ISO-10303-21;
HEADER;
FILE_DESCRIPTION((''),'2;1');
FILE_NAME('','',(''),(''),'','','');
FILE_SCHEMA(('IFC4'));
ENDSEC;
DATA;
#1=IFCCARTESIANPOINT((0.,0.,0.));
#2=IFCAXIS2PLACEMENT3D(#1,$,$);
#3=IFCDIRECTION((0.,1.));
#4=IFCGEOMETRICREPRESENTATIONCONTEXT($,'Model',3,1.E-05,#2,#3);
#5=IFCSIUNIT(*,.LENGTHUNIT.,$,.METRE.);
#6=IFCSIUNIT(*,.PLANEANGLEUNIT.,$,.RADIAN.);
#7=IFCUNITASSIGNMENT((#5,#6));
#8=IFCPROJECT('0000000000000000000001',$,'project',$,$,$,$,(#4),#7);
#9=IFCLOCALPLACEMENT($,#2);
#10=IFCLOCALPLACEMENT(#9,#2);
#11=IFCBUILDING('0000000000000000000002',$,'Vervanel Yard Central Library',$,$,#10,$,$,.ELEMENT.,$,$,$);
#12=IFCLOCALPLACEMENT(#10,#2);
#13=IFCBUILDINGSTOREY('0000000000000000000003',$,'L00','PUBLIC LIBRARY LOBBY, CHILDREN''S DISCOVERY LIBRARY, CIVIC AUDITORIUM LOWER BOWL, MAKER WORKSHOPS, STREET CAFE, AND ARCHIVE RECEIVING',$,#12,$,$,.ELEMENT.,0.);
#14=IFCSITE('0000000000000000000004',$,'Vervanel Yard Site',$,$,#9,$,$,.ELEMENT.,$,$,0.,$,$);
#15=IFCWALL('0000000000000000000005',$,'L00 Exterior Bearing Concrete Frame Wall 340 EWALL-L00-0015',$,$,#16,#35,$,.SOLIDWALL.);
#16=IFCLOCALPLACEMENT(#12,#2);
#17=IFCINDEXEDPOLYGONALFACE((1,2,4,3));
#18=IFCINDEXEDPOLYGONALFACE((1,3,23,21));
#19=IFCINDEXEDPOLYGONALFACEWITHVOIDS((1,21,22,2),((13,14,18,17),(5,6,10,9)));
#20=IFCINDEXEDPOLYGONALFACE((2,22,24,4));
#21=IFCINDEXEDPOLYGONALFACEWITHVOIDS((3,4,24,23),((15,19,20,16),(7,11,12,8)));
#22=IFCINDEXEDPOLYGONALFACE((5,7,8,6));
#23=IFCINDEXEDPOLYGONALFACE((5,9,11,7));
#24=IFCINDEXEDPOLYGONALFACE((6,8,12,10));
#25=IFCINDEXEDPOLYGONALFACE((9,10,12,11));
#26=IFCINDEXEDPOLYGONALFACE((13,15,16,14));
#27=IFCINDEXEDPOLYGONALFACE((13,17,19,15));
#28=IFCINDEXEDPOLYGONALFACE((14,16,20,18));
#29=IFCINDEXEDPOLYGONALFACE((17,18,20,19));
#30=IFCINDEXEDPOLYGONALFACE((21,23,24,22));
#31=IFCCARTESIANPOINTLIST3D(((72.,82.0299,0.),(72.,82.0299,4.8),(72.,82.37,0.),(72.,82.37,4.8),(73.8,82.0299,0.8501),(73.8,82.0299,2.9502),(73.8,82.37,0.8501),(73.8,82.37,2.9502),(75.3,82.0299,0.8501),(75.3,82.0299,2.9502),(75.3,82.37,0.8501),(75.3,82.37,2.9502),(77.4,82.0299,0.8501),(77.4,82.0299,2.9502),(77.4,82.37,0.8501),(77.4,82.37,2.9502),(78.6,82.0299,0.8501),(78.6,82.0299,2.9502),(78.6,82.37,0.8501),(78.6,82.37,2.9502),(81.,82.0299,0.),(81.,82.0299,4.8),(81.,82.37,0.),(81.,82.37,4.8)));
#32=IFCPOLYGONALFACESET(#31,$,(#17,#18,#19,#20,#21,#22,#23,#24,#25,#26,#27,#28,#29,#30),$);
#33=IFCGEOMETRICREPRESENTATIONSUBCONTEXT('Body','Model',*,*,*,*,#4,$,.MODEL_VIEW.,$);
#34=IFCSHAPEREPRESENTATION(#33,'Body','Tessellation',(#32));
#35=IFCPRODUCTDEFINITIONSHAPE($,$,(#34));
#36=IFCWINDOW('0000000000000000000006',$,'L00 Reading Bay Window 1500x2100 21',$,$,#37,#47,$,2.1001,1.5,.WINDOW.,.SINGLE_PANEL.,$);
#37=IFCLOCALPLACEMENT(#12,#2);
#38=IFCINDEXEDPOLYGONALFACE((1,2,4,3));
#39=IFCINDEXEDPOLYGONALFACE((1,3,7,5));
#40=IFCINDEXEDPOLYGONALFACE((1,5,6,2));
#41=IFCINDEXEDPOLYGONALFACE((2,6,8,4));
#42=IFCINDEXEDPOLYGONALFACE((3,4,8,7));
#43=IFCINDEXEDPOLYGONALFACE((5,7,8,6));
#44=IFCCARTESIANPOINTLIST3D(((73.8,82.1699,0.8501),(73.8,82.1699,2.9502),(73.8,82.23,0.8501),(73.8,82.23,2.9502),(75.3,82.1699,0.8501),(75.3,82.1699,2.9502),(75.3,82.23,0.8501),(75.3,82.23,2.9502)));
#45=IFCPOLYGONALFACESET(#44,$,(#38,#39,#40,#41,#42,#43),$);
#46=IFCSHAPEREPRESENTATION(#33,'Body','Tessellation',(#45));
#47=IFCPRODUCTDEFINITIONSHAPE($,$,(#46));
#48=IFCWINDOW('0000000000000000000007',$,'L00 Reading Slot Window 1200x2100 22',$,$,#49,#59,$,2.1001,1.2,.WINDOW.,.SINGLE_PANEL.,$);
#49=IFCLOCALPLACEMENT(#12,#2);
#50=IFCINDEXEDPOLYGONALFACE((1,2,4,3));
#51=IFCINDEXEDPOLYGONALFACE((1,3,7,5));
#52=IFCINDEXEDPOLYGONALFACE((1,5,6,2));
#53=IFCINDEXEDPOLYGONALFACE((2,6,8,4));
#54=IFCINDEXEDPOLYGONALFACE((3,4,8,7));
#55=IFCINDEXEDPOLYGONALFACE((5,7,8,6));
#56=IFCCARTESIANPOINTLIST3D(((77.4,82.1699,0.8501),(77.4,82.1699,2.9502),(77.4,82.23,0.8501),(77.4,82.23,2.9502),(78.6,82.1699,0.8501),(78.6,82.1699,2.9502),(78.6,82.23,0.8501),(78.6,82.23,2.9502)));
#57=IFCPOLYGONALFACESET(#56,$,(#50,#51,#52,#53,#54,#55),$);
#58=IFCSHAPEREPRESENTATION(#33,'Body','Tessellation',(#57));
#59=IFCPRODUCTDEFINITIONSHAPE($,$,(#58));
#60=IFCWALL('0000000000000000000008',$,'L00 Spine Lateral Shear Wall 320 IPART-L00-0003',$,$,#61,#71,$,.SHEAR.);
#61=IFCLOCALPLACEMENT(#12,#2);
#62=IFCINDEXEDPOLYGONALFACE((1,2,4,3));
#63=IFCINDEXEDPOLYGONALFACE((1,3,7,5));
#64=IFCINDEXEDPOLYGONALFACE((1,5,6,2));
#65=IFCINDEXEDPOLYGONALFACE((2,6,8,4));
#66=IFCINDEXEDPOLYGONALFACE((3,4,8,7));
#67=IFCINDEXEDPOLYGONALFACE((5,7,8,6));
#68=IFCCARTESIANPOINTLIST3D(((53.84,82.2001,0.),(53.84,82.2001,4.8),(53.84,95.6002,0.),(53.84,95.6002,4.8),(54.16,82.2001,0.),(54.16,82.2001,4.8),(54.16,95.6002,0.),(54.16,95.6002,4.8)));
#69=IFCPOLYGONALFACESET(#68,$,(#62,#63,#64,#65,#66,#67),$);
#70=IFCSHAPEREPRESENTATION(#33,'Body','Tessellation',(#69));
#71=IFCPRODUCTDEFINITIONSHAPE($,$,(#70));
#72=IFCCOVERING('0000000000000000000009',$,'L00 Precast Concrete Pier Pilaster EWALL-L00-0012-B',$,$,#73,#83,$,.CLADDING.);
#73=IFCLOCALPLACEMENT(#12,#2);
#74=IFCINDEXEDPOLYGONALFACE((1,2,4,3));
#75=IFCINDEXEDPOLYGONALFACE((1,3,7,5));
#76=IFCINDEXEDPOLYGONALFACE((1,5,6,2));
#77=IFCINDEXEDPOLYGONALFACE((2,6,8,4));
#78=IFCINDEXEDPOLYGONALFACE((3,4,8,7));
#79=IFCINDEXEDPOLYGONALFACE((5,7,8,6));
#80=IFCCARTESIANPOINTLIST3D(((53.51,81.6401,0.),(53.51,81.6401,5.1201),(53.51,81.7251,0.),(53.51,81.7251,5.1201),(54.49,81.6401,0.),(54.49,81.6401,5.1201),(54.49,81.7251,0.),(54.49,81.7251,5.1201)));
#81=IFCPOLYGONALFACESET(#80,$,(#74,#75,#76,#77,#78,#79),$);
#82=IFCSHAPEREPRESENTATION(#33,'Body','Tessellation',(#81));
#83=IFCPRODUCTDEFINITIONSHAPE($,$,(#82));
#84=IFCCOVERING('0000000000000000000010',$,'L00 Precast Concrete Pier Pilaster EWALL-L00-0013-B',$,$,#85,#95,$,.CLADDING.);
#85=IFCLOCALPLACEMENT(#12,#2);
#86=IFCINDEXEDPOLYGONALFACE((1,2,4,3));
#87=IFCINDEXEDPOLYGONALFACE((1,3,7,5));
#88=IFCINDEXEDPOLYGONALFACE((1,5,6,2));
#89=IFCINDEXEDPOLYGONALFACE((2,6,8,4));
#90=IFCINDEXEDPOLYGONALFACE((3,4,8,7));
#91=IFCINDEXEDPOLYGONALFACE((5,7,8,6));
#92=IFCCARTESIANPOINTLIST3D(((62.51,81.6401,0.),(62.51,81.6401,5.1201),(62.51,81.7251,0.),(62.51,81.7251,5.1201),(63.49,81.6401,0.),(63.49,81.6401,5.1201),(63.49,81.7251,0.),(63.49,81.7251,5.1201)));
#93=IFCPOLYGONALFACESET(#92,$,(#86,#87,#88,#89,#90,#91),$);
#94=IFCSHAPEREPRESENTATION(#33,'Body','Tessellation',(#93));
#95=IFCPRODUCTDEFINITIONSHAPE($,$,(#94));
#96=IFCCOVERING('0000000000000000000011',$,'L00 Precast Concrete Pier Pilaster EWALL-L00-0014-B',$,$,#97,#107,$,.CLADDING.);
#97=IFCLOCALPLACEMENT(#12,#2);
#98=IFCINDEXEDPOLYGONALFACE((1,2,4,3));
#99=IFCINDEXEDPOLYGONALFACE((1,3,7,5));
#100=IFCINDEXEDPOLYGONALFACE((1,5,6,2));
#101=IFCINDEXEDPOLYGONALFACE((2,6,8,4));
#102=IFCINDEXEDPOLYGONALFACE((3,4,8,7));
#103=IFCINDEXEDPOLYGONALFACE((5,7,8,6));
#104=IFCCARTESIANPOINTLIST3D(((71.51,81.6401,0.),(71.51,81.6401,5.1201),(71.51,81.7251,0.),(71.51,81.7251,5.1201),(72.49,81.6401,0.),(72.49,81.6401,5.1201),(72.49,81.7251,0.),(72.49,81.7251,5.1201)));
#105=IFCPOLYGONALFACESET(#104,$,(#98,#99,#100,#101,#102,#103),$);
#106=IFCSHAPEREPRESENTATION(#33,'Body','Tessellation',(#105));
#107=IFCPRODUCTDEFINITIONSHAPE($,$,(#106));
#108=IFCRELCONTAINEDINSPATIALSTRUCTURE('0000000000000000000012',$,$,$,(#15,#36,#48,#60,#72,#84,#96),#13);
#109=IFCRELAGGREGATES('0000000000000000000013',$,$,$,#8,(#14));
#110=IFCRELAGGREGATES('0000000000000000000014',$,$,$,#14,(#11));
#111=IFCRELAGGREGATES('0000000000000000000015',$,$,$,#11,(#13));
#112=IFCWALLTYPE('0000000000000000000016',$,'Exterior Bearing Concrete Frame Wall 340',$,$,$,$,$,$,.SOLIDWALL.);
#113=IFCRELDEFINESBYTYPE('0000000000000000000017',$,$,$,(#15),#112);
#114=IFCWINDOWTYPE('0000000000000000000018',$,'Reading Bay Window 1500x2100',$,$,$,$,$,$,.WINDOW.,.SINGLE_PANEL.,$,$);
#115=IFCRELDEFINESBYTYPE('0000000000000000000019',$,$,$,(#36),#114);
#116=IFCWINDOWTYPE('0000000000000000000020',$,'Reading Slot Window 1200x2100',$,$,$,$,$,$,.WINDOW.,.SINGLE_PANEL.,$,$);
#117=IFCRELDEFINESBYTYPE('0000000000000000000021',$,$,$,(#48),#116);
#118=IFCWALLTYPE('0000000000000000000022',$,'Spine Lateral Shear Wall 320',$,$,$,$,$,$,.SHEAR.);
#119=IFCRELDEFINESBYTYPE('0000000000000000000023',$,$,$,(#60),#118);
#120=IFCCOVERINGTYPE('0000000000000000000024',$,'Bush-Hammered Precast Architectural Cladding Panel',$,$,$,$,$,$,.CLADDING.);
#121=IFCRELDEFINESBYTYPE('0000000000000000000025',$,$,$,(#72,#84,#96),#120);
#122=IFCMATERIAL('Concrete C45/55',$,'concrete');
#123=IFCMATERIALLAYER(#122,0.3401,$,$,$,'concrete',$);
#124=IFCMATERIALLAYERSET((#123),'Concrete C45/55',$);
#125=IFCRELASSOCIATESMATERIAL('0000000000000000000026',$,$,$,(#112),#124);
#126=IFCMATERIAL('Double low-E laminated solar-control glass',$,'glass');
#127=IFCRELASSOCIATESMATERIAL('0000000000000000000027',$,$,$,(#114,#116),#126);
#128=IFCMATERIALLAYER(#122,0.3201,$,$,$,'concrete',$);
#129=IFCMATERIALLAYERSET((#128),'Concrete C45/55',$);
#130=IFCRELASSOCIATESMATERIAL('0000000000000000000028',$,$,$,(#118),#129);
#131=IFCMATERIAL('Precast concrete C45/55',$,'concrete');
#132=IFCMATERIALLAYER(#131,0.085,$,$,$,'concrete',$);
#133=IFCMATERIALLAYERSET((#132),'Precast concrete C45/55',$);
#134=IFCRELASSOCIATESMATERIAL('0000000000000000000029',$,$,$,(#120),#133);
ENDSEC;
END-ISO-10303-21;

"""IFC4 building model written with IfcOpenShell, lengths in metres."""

from ifc_helpers import new_model, si_unit, direction, frame, frame_2d, origin, origin_2d, place, context, subcontext, project, spatial, rectangle, extrude, material, layer, layer_set, type_object, element, fill, save


model = new_model("IFC4")

# Units and contexts
model_context = context("Model", 3, precision=1e-05, world=origin(), true_north=direction((0.0, 1.0)))
body_context = subcontext(model_context, "Body", "Model", "MODEL_VIEW")
ifc_project = project(units=[si_unit("LENGTHUNIT", "METRE"), si_unit("PLANEANGLEUNIT", "RADIAN")], contexts=[model_context])

# Site, building, storey
site_placement = place(None, origin())
site = spatial("IfcSite", under=ifc_project, at=site_placement, Name="Vervanel Yard Site", CompositionType="ELEMENT", RefElevation=0.0)
building_placement = place(site_placement, origin())
building = spatial("IfcBuilding", under=site, at=building_placement, Name="Vervanel Yard Central Library", CompositionType="ELEMENT")
storey_placement = place(building_placement, origin())
storey = spatial("IfcBuildingStorey", under=building, at=storey_placement, Name="L00", Description="PUBLIC LIBRARY LOBBY, CHILDREN'S DISCOVERY LIBRARY, CIVIC AUDITORIUM LOWER BOWL, MAKER WORKSHOPS, STREET CAFE, AND ARCHIVE RECEIVING", CompositionType="ELEMENT", Elevation=0.0)

# Shared definitions
ifc_material_1 = material(Name="Concrete C45/55", Category="concrete")

# Wall, openings, windows
ifc_layer_1 = layer(ifc_material_1, 0.3401, Category="concrete")
ifc_layer_set_1 = layer_set([ifc_layer_1], Name="Concrete C45/55")
wall_type_1 = type_object("IfcWallType", Name="Exterior Bearing Concrete Frame Wall 340", PredefinedType="SOLIDWALL", material=ifc_layer_set_1)
ifc_material_2 = material(Name="Double low-E laminated solar-control glass", Category="glass")
window_type_1 = type_object("IfcWindowType", Name="Reading Bay Window 1500x2100", PartitioningType="SINGLE_PANEL", PredefinedType="WINDOW", material=ifc_material_2)
window_type_2 = type_object("IfcWindowType", Name="Reading Slot Window 1200x2100", PartitioningType="SINGLE_PANEL", PredefinedType="WINDOW", material=ifc_material_2)
wall_1_placement = place(storey_placement, frame((72.0, 82.2, 0.0), z_axis=(0.0, 0.0, 1.0), x_axis=(1.0, 0.0, 0.0)))
wall_1 = element("IfcWall", 1, at=wall_1_placement, inside=storey, type_object=wall_type_1, Name="L00 Exterior Bearing Concrete Frame Wall 340 EWALL-L00-0015", PredefinedType="SOLIDWALL", context=body_context, shape_type="SweptSolid", body=[
    extrude(rectangle(XDim=9.0, YDim=0.3401, at=frame_2d((4.5, 0.0))), origin(), (0.0, 0.0, 1.0), 4.8),
])
opening_1_placement = place(wall_1_placement, frame((1.8, 0.0, 0.8501)))
opening_1 = element("IfcOpeningElement", 2, at=opening_1_placement, cuts=wall_1, PredefinedType="OPENING", context=body_context, shape_type="SweptSolid", body=[
    extrude(rectangle(XDim=1.5, YDim=2.1001, at=frame_2d((0.75, 1.05))), frame((0.0, 0.1799, 0.0), z_axis=(0.0, -1.0, 0.0), x_axis=(1.0, 0.0, 0.0)), (0.0, 0.0, 1.0), 0.3601),
])
opening_2_placement = place(wall_1_placement, frame((5.3999, 0.0, 0.8501)))
opening_2 = element("IfcOpeningElement", 3, at=opening_2_placement, cuts=wall_1, PredefinedType="OPENING", context=body_context, shape_type="SweptSolid", body=[
    extrude(rectangle(XDim=1.2, YDim=2.1001, at=frame_2d((0.6001, 1.05))), frame((0.0, 0.1799, 0.0), z_axis=(0.0, -1.0, 0.0), x_axis=(1.0, 0.0, 0.0)), (0.0, 0.0, 1.0), 0.3601),
])
window_1_placement = place(opening_1_placement, origin())
window_1 = element("IfcWindow", 4, at=window_1_placement, inside=storey, type_object=window_type_1, Name="L00 Reading Bay Window 1500x2100 21", OverallHeight=2.1001, OverallWidth=1.5, PartitioningType="SINGLE_PANEL", PredefinedType="WINDOW", context=body_context, shape_type="SweptSolid", body=[
    extrude(rectangle(XDim=1.5, YDim=2.1001, at=frame_2d((0.75, 1.05))), frame((0.0, 0.03, 0.0), z_axis=(0.0, -1.0, 0.0), x_axis=(1.0, 0.0, 0.0)), (0.0, 0.0, 1.0), 0.0601),
])
fill(opening_1, window_1)
window_2_placement = place(opening_2_placement, origin())
window_2 = element("IfcWindow", 5, at=window_2_placement, inside=storey, type_object=window_type_2, Name="L00 Reading Slot Window 1200x2100 22", OverallHeight=2.1001, OverallWidth=1.2, PartitioningType="SINGLE_PANEL", PredefinedType="WINDOW", context=body_context, shape_type="SweptSolid", body=[
    extrude(rectangle(XDim=1.2, YDim=2.1001, at=frame_2d((0.6001, 1.05))), frame((0.0, 0.03, 0.0), z_axis=(0.0, -1.0, 0.0), x_axis=(1.0, 0.0, 0.0)), (0.0, 0.0, 1.0), 0.0601),
])
fill(opening_2, window_2)

# Wall
ifc_layer_2 = layer(ifc_material_1, 0.3201, Category="concrete")
ifc_layer_set_2 = layer_set([ifc_layer_2], Name="Concrete C45/55")
wall_type_2 = type_object("IfcWallType", Name="Spine Lateral Shear Wall 320", PredefinedType="SHEAR", material=ifc_layer_set_2)
wall_2_placement = place(storey_placement, frame((54.0, 82.2, 0.0), z_axis=(0.0, 0.0, 1.0), x_axis=(0.0, 1.0, 0.0)))
element("IfcWall", 6, at=wall_2_placement, inside=storey, type_object=wall_type_2, Name="L00 Spine Lateral Shear Wall 320 IPART-L00-0003", PredefinedType="SHEAR", context=body_context, shape_type="SweptSolid", body=[
    extrude(rectangle(XDim=13.4001, YDim=0.3201, at=frame_2d((6.7002, 0.0))), origin(), (0.0, 0.0, 1.0), 4.8),
])

# Coverings
ifc_material_3 = material(Name="Precast concrete C45/55", Category="concrete")
ifc_layer_3 = layer(ifc_material_3, 0.085, Category="concrete")
ifc_layer_set_3 = layer_set([ifc_layer_3], Name="Precast concrete C45/55")
covering_type = type_object("IfcCoveringType", Name="Bush-Hammered Precast Architectural Cladding Panel", PredefinedType="CLADDING", material=ifc_layer_set_3)
for number, where, z_axis, x_axis, name in (
    (7, (54.0, 81.6826, 0.0), (0.0, 0.0, 1.0), (1.0, 0.0, 0.0), "L00 Precast Concrete Pier Pilaster EWALL-L00-0012-B"),
    (8, (63.0, 81.6826, 0.0), (0.0, 0.0, 1.0), (1.0, 0.0, 0.0), "L00 Precast Concrete Pier Pilaster EWALL-L00-0013-B"),
    (9, (72.0, 81.6826, 0.0), (0.0, 0.0, 1.0), (1.0, 0.0, 0.0), "L00 Precast Concrete Pier Pilaster EWALL-L00-0014-B"),
):
    element("IfcCovering", number, at=place(storey_placement, frame(where, z_axis=z_axis, x_axis=x_axis)), inside=storey, type_object=covering_type, Name=name, PredefinedType="CLADDING", context=body_context, shape_type="SweptSolid", body=[
        extrude(rectangle(XDim=0.98, YDim=0.085, at=origin_2d()), origin(), (0.0, 0.0, 1.0), 5.1201),
    ])

save(model, "model.ifc")
